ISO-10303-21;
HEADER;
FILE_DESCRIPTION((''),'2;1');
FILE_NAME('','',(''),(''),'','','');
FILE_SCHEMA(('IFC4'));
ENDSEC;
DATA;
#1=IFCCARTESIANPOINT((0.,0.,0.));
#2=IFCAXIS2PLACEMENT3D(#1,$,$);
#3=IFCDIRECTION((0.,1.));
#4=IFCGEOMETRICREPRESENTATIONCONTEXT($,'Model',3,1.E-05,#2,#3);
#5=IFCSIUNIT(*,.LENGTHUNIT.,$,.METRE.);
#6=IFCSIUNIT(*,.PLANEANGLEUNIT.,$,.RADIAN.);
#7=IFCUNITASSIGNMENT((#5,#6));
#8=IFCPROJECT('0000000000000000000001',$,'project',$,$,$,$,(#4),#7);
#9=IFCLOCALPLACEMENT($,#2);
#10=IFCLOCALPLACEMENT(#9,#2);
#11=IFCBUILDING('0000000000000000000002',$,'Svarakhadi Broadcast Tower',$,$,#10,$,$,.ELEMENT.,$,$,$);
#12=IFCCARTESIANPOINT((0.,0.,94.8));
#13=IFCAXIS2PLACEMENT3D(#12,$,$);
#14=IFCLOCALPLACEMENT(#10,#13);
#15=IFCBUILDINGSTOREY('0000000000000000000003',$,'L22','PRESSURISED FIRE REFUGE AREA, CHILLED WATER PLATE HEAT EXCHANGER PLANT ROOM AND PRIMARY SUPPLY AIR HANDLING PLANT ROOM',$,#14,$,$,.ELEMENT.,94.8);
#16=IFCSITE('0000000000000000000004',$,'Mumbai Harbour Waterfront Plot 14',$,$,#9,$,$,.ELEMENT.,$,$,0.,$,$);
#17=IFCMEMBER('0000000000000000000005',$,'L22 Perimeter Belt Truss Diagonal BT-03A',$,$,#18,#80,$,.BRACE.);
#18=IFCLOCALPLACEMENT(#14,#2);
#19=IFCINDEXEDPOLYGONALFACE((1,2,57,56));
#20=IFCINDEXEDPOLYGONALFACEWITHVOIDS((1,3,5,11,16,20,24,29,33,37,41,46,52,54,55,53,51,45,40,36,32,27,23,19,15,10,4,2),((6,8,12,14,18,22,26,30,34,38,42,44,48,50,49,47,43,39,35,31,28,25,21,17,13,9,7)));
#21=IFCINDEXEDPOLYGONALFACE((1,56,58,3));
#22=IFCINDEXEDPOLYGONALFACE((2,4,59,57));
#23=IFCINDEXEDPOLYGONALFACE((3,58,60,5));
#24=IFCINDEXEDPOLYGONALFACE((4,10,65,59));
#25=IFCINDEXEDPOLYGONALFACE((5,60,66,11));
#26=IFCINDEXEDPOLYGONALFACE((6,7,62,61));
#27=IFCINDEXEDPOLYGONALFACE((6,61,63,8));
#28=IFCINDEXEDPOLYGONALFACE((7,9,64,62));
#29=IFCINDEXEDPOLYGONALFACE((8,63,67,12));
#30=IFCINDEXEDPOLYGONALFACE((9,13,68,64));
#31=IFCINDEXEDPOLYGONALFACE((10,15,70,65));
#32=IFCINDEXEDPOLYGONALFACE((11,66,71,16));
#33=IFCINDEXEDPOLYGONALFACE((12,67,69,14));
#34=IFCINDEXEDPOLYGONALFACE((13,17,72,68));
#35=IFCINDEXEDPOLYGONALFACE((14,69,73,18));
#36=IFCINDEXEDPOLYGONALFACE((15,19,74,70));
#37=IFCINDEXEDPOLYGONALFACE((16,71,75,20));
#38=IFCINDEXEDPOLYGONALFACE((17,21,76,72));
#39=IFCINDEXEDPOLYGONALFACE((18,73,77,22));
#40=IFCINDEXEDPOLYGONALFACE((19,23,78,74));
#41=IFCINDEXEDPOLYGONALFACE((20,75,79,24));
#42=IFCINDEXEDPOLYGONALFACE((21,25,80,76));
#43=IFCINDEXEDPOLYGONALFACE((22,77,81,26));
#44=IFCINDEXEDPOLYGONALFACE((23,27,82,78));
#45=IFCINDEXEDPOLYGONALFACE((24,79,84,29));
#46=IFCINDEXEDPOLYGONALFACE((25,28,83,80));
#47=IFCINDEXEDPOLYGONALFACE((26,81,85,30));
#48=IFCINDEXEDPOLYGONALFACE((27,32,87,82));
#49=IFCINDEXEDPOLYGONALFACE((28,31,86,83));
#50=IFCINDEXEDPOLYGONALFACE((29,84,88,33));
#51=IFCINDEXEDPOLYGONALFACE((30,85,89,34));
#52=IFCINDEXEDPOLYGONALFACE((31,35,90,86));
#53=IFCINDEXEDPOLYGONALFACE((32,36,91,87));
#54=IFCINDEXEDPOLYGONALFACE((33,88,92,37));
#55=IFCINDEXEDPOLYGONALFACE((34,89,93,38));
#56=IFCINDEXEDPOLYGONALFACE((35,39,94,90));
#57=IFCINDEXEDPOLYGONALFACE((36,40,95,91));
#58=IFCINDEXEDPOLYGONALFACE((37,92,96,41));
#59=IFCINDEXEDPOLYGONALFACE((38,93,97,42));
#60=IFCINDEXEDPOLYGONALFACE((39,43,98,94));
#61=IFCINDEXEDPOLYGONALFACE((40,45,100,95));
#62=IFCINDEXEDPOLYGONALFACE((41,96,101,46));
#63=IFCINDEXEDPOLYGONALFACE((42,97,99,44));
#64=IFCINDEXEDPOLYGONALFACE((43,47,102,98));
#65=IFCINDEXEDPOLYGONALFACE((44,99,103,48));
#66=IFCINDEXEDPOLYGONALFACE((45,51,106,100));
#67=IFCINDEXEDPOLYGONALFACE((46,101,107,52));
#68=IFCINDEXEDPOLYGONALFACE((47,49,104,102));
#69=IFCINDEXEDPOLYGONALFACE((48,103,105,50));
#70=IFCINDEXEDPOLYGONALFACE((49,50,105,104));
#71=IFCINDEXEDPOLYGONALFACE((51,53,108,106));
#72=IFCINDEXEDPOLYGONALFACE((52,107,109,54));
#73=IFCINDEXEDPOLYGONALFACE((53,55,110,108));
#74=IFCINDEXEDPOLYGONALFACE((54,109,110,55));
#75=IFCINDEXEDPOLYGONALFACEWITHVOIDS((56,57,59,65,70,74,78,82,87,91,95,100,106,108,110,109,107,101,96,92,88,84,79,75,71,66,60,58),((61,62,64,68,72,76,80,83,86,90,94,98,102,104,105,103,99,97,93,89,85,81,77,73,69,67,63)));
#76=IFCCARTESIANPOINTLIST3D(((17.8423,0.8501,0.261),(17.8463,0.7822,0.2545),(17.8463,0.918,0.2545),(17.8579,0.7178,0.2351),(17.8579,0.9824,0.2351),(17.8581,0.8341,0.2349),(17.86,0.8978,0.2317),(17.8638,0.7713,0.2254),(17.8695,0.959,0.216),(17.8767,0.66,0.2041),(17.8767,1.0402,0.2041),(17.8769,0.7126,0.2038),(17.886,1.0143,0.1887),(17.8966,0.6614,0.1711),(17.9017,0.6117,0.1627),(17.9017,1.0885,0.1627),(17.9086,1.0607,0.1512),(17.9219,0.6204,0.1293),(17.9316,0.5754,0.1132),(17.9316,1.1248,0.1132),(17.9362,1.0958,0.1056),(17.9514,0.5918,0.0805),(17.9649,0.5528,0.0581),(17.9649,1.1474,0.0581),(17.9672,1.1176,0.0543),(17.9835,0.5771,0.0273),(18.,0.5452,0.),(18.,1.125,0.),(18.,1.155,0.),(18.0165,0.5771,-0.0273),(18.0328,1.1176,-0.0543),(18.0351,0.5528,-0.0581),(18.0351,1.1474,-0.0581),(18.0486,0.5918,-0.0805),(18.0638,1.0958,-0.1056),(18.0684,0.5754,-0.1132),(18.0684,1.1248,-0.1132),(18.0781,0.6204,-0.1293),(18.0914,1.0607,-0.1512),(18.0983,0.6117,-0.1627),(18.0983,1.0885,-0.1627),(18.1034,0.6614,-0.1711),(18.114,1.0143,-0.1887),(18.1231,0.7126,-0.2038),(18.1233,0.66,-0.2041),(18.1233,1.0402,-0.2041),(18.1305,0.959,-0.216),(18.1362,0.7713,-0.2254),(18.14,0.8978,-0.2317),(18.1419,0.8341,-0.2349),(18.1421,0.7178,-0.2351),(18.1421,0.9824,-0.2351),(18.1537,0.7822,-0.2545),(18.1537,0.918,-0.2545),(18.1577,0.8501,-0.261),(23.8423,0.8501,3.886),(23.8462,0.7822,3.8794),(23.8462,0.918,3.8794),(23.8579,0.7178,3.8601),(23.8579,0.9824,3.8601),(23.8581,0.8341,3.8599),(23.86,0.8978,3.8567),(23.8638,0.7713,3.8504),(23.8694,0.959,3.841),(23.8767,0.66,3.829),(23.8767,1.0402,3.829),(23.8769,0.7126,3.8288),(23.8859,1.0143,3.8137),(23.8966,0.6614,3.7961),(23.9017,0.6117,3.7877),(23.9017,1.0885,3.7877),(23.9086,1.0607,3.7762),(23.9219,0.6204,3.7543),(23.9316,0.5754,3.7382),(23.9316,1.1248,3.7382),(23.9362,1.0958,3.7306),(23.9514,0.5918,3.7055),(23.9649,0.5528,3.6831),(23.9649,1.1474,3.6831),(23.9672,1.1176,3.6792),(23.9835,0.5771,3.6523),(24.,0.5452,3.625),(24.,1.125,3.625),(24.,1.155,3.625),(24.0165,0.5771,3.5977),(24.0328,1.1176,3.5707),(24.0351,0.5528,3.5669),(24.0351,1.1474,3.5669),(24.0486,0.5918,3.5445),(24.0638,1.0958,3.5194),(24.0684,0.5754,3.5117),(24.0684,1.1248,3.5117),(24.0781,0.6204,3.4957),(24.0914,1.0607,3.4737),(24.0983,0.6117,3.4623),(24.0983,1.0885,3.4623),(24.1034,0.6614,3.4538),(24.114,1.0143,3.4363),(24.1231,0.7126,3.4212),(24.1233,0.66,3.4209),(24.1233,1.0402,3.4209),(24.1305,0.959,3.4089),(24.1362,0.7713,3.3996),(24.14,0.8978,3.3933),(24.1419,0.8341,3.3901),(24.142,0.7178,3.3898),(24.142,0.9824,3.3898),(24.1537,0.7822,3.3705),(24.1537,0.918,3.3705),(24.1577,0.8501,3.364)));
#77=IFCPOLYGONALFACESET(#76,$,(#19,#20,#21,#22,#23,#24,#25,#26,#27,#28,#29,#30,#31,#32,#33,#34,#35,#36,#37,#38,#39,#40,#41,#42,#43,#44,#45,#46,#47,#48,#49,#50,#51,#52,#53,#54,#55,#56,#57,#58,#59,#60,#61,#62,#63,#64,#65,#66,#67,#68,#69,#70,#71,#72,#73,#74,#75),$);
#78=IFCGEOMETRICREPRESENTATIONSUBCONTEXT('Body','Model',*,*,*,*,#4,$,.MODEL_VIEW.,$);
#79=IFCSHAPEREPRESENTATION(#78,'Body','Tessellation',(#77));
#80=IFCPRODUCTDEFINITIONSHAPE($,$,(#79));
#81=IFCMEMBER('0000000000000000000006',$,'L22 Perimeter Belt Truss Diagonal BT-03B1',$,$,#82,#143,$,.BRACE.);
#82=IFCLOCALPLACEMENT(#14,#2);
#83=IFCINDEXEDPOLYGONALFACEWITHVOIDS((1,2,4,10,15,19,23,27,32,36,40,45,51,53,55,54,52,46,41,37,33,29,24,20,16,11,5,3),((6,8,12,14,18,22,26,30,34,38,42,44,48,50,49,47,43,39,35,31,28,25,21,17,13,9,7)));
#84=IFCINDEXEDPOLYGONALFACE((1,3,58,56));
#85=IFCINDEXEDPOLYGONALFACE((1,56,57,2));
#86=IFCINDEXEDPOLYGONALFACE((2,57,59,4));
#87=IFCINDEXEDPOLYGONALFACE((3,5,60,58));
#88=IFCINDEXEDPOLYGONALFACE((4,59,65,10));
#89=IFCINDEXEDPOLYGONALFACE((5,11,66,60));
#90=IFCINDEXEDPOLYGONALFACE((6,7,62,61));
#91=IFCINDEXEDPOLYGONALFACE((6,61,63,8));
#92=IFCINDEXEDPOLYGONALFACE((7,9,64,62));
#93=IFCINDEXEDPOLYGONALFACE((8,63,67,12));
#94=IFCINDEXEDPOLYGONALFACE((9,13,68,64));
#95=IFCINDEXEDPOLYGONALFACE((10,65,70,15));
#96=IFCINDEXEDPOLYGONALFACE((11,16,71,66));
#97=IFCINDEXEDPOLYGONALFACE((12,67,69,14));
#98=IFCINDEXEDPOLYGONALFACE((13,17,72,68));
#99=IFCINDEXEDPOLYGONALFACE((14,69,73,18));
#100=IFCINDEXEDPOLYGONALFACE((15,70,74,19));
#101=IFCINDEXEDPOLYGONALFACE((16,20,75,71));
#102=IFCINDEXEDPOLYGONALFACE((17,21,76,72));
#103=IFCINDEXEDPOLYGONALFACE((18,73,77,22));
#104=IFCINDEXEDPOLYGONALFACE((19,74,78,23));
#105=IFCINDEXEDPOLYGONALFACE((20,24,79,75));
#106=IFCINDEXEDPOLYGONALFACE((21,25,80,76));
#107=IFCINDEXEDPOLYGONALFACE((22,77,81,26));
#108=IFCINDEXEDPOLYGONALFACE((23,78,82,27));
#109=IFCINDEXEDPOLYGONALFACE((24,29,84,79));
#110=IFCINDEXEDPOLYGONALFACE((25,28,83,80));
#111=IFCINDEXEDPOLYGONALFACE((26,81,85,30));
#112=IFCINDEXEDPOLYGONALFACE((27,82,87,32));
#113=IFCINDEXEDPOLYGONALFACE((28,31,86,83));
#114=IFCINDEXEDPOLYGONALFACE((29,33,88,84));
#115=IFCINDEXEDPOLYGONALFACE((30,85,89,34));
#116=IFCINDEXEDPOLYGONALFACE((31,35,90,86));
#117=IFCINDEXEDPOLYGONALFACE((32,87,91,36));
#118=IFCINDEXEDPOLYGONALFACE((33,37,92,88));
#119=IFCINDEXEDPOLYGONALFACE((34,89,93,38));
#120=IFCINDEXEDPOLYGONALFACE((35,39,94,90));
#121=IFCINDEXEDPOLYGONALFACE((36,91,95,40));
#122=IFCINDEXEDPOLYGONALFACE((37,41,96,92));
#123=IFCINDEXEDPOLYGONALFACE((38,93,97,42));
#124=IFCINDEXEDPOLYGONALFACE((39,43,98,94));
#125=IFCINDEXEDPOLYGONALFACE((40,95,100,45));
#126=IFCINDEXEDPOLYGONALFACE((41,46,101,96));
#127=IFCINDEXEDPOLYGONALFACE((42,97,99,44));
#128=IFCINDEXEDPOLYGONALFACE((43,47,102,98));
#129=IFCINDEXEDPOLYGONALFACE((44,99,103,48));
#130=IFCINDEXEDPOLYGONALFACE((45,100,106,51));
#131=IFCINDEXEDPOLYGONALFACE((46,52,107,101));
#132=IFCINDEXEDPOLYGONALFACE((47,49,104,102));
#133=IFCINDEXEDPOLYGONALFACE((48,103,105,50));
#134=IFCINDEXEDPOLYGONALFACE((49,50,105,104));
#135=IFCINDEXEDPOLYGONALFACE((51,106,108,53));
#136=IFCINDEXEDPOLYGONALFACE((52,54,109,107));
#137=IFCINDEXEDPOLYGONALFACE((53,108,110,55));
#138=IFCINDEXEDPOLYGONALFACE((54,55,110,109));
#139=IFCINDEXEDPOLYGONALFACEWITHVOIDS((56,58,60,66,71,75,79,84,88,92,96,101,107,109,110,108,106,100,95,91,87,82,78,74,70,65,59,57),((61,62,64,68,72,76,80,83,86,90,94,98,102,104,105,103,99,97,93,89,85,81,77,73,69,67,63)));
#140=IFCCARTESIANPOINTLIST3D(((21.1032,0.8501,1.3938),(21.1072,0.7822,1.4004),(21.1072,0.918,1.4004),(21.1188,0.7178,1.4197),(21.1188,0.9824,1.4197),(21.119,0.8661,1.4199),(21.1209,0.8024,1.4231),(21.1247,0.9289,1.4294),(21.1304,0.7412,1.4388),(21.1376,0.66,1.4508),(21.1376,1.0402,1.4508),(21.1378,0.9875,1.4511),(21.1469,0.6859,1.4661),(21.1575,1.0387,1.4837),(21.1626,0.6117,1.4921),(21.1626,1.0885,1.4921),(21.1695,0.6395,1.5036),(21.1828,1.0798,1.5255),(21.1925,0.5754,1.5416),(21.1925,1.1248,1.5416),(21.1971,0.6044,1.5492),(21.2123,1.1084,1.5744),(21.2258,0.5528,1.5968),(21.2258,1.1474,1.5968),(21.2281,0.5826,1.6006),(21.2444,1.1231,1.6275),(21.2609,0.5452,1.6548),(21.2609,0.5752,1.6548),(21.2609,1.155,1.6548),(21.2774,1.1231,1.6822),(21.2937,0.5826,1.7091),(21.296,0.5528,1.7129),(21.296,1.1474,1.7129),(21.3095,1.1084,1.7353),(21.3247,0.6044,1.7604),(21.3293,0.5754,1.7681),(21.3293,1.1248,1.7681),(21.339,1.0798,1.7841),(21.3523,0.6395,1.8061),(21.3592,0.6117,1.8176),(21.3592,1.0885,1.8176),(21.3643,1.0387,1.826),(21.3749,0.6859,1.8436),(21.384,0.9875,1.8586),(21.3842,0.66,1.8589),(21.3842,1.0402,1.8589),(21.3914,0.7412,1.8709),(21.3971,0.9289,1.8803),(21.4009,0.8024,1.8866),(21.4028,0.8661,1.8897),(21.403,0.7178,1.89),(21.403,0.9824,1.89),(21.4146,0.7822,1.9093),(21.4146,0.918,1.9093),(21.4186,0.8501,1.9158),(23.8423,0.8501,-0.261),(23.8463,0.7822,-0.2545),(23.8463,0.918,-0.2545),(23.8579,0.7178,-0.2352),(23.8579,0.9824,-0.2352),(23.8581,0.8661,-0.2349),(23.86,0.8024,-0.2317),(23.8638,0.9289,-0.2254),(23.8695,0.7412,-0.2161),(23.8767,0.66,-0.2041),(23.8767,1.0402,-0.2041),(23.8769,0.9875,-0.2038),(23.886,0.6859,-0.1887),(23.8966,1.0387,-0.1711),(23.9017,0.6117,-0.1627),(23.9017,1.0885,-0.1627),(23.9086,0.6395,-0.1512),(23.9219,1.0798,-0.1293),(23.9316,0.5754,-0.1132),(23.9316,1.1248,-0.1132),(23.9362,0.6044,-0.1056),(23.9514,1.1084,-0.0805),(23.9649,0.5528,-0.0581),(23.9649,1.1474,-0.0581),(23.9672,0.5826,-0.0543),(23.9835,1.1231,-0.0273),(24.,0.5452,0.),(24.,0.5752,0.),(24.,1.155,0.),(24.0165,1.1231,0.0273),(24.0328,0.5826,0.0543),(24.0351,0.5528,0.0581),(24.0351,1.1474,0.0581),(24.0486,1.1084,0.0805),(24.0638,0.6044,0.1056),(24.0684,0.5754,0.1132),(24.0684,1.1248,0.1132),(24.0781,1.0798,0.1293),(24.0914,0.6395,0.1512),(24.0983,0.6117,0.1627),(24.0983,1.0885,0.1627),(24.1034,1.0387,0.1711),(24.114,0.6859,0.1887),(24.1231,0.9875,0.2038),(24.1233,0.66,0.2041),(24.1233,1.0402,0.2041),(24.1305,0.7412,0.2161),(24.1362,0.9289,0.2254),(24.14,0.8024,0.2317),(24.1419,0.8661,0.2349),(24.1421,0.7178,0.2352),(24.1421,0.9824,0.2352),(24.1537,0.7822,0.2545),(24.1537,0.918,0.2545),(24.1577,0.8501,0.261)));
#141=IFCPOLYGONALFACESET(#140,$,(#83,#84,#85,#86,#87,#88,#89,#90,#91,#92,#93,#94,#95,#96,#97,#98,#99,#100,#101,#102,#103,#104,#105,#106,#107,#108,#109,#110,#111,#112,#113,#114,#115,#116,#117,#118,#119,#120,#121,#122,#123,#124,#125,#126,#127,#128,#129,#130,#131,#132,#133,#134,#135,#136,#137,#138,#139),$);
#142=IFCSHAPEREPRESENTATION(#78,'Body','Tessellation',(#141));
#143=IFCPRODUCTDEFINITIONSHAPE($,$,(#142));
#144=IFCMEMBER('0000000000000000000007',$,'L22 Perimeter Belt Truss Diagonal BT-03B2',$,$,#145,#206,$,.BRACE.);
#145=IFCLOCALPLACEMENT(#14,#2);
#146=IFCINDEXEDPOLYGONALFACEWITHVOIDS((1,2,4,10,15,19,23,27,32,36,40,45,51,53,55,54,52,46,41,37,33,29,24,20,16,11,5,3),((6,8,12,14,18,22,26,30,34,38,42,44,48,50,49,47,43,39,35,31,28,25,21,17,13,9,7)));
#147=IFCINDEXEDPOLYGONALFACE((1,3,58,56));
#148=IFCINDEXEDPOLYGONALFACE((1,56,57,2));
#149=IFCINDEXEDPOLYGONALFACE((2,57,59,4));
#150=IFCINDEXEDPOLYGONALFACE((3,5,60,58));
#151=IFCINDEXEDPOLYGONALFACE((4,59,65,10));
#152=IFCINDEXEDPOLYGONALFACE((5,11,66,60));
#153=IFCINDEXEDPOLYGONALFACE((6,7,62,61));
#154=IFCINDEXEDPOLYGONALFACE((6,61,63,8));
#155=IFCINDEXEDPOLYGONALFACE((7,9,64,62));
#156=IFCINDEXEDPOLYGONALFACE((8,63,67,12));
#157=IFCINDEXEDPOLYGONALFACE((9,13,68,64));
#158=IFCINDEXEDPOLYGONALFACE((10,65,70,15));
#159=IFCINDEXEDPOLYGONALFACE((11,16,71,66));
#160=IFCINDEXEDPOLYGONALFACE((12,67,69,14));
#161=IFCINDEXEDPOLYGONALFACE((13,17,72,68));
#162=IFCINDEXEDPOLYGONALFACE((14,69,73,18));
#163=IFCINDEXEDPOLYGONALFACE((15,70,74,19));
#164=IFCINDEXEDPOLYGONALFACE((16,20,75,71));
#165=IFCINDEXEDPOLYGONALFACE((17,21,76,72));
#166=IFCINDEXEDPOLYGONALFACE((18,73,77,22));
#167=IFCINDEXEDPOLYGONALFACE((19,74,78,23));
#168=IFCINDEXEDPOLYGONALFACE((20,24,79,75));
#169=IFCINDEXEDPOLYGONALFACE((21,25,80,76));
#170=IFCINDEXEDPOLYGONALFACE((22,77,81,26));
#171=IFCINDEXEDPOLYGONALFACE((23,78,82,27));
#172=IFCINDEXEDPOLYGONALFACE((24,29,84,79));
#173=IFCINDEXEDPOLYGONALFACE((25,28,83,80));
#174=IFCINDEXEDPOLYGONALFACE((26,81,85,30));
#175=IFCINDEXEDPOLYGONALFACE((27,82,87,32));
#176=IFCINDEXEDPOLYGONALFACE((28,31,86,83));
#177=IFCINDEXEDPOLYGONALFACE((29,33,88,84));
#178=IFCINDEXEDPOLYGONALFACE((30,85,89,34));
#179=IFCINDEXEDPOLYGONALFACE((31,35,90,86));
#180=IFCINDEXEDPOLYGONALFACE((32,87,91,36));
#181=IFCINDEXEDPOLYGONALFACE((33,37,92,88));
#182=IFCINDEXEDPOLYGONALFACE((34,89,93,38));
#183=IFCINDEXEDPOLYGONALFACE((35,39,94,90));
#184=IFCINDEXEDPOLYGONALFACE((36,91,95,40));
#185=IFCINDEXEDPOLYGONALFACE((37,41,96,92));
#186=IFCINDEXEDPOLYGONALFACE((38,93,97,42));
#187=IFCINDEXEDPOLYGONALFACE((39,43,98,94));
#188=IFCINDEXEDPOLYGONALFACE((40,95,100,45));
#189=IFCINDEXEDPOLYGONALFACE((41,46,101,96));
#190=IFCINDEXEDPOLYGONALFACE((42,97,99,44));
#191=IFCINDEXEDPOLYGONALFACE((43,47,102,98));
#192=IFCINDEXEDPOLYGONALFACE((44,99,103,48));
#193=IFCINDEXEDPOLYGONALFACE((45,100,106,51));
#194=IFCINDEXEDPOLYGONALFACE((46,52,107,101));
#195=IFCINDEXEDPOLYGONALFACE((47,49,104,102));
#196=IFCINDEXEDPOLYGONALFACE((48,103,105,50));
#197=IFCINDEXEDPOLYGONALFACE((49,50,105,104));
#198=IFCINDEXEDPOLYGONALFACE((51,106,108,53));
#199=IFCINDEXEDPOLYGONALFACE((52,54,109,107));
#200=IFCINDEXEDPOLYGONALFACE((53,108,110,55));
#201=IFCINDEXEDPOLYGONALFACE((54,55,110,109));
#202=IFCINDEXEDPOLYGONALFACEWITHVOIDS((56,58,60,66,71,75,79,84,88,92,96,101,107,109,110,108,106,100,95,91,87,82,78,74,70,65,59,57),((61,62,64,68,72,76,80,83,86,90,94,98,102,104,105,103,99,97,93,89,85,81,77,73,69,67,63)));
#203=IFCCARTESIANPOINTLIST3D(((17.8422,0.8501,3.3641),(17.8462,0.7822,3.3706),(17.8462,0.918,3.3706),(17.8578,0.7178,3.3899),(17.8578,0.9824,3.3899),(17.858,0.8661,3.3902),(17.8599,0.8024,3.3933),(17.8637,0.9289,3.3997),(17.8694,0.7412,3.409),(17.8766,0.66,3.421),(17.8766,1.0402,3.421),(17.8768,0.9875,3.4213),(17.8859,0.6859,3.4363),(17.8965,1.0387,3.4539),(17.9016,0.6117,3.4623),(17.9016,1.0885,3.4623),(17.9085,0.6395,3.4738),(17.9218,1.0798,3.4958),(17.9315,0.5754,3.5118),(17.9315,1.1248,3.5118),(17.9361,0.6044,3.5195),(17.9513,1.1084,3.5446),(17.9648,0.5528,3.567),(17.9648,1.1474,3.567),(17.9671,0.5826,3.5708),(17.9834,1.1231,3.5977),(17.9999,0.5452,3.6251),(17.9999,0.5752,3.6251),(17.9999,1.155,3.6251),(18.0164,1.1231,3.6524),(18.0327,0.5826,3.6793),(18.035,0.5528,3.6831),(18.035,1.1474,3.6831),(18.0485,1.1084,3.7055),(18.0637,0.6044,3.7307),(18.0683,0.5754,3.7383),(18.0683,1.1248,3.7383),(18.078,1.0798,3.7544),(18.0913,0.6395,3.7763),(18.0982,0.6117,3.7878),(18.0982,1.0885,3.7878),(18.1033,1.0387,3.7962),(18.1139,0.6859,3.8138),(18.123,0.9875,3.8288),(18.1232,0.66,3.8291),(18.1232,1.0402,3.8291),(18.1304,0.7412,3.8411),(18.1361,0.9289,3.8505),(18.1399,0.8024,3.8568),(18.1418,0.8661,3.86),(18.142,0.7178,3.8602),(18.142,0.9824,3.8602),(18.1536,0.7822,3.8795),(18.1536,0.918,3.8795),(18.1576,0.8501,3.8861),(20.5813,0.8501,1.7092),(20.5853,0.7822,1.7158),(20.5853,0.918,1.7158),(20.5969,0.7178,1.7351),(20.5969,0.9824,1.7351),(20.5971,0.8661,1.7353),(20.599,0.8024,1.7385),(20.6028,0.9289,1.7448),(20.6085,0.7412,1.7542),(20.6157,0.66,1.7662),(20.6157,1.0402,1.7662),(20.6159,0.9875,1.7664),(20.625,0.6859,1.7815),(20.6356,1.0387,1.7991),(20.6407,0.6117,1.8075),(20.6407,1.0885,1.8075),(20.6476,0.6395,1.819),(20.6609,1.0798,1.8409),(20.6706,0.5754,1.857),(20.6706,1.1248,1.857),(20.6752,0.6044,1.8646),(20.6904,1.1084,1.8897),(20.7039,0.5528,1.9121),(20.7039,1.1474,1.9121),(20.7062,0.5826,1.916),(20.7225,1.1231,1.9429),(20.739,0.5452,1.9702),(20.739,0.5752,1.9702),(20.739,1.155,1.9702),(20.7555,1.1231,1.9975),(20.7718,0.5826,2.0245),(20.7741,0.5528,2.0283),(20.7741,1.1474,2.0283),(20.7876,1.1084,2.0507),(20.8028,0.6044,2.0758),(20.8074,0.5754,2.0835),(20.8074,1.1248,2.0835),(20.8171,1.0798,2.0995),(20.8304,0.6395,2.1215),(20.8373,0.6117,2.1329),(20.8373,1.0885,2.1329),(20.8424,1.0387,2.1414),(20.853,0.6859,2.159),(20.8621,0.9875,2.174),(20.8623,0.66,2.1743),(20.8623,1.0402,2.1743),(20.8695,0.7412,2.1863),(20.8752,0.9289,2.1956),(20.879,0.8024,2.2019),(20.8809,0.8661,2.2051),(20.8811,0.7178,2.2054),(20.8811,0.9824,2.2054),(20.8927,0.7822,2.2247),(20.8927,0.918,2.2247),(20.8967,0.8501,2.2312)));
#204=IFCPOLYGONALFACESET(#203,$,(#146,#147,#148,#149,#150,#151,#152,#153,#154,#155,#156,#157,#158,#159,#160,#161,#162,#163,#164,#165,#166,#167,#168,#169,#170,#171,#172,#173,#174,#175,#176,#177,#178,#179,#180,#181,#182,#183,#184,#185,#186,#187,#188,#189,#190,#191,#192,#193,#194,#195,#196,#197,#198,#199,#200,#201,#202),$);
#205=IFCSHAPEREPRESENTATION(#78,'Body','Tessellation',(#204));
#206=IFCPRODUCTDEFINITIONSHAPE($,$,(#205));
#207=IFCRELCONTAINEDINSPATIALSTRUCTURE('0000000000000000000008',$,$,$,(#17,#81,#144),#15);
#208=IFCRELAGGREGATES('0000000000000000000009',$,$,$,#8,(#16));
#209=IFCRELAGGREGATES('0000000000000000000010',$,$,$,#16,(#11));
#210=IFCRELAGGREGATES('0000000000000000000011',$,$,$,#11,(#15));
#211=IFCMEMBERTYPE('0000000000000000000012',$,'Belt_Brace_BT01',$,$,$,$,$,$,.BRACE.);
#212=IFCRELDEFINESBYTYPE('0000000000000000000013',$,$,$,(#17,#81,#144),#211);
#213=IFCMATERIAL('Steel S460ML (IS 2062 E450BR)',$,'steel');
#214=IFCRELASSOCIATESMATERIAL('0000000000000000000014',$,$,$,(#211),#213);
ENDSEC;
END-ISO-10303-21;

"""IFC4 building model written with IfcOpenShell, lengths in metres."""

from ifc_helpers import new_model, si_unit, direction, frame, origin, origin_2d, place, context, subcontext, project, spatial, hollow_circle, extrude, material, material_profile, profile_set, type_object, element, save


model = new_model("IFC4")

# Units and contexts
model_context = context("Model", 3, precision=1e-05, world=origin(), true_north=direction((0.0, 1.0)))
body_context = subcontext(model_context, "Body", "Model", "MODEL_VIEW")
ifc_project = project(units=[si_unit("LENGTHUNIT", "METRE"), si_unit("PLANEANGLEUNIT", "RADIAN")], contexts=[model_context])

# Site, building, storey
site_placement = place(None, origin())
site = spatial("IfcSite", under=ifc_project, at=site_placement, Name="Mumbai Harbour Waterfront Plot 14", CompositionType="ELEMENT", RefElevation=0.0)
building_placement = place(site_placement, origin())
building = spatial("IfcBuilding", under=site, at=building_placement, Name="Svarakhadi Broadcast Tower", CompositionType="ELEMENT")
storey_placement = place(building_placement, frame((0.0, 0.0, 94.8)))
storey = spatial("IfcBuildingStorey", under=building, at=storey_placement, Name="L22", Description="PRESSURISED FIRE REFUGE AREA, CHILLED WATER PLATE HEAT EXCHANGER PLANT ROOM AND PRIMARY SUPPLY AIR HANDLING PLANT ROOM", CompositionType="ELEMENT", Elevation=94.8)

# Members
ifc_material_1 = material(Name="Steel S460ML (IS 2062 E450BR)", Category="steel")
ifc_material_profile_1 = material_profile(ifc_material_1, hollow_circle(Radius=0.3049, WallThickness=0.03, at=origin_2d()), Name="CHS 610x30")
ifc_profile_set_1 = profile_set([ifc_material_profile_1], Name="Steel S460ML (IS 2062 E450BR)")
member_type_1 = type_object("IfcMemberType", Name="Belt_Brace_BT01", PredefinedType="BRACE", material=ifc_profile_set_1)
member_1_placement = place(storey_placement, frame((18.0, 0.8501, 0.0), z_axis=(0.855916, 0.0, 0.517116), x_axis=(0.0, 1.0, 0.0)))
element("IfcMember", 1, at=member_1_placement, inside=storey, type_object=member_type_1, Name="L22 Perimeter Belt Truss Diagonal BT-03A", PredefinedType="BRACE", context=body_context, shape_type="SweptSolid", body=[
    extrude(hollow_circle(Radius=0.3049, WallThickness=0.03, at=origin_2d()), origin(), (0.0, 0.0, 1.0), 7.01),
])
for number, where, z_axis, x_axis, name in (
    (2, (24.0, 0.8501, 0.0), (-0.85592, 0.0, 0.517107), (0.0, -1.0, 0.0), "L22 Perimeter Belt Truss Diagonal BT-03B1"),
    (3, (20.739, 0.8501, 1.9702), (-0.85592, 0.0, 0.517107), (0.0, -1.0, 0.0), "L22 Perimeter Belt Truss Diagonal BT-03B2"),
):
    element("IfcMember", number, at=place(storey_placement, frame(where, z_axis=z_axis, x_axis=x_axis)), inside=storey, type_object=member_type_1, Name=name, PredefinedType="BRACE", context=body_context, shape_type="SweptSolid", body=[
        extrude(hollow_circle(Radius=0.3049, WallThickness=0.03, at=origin_2d()), origin(), (0.0, 0.0, 1.0), 3.2002),
    ])

save(model, "model.ifc")
